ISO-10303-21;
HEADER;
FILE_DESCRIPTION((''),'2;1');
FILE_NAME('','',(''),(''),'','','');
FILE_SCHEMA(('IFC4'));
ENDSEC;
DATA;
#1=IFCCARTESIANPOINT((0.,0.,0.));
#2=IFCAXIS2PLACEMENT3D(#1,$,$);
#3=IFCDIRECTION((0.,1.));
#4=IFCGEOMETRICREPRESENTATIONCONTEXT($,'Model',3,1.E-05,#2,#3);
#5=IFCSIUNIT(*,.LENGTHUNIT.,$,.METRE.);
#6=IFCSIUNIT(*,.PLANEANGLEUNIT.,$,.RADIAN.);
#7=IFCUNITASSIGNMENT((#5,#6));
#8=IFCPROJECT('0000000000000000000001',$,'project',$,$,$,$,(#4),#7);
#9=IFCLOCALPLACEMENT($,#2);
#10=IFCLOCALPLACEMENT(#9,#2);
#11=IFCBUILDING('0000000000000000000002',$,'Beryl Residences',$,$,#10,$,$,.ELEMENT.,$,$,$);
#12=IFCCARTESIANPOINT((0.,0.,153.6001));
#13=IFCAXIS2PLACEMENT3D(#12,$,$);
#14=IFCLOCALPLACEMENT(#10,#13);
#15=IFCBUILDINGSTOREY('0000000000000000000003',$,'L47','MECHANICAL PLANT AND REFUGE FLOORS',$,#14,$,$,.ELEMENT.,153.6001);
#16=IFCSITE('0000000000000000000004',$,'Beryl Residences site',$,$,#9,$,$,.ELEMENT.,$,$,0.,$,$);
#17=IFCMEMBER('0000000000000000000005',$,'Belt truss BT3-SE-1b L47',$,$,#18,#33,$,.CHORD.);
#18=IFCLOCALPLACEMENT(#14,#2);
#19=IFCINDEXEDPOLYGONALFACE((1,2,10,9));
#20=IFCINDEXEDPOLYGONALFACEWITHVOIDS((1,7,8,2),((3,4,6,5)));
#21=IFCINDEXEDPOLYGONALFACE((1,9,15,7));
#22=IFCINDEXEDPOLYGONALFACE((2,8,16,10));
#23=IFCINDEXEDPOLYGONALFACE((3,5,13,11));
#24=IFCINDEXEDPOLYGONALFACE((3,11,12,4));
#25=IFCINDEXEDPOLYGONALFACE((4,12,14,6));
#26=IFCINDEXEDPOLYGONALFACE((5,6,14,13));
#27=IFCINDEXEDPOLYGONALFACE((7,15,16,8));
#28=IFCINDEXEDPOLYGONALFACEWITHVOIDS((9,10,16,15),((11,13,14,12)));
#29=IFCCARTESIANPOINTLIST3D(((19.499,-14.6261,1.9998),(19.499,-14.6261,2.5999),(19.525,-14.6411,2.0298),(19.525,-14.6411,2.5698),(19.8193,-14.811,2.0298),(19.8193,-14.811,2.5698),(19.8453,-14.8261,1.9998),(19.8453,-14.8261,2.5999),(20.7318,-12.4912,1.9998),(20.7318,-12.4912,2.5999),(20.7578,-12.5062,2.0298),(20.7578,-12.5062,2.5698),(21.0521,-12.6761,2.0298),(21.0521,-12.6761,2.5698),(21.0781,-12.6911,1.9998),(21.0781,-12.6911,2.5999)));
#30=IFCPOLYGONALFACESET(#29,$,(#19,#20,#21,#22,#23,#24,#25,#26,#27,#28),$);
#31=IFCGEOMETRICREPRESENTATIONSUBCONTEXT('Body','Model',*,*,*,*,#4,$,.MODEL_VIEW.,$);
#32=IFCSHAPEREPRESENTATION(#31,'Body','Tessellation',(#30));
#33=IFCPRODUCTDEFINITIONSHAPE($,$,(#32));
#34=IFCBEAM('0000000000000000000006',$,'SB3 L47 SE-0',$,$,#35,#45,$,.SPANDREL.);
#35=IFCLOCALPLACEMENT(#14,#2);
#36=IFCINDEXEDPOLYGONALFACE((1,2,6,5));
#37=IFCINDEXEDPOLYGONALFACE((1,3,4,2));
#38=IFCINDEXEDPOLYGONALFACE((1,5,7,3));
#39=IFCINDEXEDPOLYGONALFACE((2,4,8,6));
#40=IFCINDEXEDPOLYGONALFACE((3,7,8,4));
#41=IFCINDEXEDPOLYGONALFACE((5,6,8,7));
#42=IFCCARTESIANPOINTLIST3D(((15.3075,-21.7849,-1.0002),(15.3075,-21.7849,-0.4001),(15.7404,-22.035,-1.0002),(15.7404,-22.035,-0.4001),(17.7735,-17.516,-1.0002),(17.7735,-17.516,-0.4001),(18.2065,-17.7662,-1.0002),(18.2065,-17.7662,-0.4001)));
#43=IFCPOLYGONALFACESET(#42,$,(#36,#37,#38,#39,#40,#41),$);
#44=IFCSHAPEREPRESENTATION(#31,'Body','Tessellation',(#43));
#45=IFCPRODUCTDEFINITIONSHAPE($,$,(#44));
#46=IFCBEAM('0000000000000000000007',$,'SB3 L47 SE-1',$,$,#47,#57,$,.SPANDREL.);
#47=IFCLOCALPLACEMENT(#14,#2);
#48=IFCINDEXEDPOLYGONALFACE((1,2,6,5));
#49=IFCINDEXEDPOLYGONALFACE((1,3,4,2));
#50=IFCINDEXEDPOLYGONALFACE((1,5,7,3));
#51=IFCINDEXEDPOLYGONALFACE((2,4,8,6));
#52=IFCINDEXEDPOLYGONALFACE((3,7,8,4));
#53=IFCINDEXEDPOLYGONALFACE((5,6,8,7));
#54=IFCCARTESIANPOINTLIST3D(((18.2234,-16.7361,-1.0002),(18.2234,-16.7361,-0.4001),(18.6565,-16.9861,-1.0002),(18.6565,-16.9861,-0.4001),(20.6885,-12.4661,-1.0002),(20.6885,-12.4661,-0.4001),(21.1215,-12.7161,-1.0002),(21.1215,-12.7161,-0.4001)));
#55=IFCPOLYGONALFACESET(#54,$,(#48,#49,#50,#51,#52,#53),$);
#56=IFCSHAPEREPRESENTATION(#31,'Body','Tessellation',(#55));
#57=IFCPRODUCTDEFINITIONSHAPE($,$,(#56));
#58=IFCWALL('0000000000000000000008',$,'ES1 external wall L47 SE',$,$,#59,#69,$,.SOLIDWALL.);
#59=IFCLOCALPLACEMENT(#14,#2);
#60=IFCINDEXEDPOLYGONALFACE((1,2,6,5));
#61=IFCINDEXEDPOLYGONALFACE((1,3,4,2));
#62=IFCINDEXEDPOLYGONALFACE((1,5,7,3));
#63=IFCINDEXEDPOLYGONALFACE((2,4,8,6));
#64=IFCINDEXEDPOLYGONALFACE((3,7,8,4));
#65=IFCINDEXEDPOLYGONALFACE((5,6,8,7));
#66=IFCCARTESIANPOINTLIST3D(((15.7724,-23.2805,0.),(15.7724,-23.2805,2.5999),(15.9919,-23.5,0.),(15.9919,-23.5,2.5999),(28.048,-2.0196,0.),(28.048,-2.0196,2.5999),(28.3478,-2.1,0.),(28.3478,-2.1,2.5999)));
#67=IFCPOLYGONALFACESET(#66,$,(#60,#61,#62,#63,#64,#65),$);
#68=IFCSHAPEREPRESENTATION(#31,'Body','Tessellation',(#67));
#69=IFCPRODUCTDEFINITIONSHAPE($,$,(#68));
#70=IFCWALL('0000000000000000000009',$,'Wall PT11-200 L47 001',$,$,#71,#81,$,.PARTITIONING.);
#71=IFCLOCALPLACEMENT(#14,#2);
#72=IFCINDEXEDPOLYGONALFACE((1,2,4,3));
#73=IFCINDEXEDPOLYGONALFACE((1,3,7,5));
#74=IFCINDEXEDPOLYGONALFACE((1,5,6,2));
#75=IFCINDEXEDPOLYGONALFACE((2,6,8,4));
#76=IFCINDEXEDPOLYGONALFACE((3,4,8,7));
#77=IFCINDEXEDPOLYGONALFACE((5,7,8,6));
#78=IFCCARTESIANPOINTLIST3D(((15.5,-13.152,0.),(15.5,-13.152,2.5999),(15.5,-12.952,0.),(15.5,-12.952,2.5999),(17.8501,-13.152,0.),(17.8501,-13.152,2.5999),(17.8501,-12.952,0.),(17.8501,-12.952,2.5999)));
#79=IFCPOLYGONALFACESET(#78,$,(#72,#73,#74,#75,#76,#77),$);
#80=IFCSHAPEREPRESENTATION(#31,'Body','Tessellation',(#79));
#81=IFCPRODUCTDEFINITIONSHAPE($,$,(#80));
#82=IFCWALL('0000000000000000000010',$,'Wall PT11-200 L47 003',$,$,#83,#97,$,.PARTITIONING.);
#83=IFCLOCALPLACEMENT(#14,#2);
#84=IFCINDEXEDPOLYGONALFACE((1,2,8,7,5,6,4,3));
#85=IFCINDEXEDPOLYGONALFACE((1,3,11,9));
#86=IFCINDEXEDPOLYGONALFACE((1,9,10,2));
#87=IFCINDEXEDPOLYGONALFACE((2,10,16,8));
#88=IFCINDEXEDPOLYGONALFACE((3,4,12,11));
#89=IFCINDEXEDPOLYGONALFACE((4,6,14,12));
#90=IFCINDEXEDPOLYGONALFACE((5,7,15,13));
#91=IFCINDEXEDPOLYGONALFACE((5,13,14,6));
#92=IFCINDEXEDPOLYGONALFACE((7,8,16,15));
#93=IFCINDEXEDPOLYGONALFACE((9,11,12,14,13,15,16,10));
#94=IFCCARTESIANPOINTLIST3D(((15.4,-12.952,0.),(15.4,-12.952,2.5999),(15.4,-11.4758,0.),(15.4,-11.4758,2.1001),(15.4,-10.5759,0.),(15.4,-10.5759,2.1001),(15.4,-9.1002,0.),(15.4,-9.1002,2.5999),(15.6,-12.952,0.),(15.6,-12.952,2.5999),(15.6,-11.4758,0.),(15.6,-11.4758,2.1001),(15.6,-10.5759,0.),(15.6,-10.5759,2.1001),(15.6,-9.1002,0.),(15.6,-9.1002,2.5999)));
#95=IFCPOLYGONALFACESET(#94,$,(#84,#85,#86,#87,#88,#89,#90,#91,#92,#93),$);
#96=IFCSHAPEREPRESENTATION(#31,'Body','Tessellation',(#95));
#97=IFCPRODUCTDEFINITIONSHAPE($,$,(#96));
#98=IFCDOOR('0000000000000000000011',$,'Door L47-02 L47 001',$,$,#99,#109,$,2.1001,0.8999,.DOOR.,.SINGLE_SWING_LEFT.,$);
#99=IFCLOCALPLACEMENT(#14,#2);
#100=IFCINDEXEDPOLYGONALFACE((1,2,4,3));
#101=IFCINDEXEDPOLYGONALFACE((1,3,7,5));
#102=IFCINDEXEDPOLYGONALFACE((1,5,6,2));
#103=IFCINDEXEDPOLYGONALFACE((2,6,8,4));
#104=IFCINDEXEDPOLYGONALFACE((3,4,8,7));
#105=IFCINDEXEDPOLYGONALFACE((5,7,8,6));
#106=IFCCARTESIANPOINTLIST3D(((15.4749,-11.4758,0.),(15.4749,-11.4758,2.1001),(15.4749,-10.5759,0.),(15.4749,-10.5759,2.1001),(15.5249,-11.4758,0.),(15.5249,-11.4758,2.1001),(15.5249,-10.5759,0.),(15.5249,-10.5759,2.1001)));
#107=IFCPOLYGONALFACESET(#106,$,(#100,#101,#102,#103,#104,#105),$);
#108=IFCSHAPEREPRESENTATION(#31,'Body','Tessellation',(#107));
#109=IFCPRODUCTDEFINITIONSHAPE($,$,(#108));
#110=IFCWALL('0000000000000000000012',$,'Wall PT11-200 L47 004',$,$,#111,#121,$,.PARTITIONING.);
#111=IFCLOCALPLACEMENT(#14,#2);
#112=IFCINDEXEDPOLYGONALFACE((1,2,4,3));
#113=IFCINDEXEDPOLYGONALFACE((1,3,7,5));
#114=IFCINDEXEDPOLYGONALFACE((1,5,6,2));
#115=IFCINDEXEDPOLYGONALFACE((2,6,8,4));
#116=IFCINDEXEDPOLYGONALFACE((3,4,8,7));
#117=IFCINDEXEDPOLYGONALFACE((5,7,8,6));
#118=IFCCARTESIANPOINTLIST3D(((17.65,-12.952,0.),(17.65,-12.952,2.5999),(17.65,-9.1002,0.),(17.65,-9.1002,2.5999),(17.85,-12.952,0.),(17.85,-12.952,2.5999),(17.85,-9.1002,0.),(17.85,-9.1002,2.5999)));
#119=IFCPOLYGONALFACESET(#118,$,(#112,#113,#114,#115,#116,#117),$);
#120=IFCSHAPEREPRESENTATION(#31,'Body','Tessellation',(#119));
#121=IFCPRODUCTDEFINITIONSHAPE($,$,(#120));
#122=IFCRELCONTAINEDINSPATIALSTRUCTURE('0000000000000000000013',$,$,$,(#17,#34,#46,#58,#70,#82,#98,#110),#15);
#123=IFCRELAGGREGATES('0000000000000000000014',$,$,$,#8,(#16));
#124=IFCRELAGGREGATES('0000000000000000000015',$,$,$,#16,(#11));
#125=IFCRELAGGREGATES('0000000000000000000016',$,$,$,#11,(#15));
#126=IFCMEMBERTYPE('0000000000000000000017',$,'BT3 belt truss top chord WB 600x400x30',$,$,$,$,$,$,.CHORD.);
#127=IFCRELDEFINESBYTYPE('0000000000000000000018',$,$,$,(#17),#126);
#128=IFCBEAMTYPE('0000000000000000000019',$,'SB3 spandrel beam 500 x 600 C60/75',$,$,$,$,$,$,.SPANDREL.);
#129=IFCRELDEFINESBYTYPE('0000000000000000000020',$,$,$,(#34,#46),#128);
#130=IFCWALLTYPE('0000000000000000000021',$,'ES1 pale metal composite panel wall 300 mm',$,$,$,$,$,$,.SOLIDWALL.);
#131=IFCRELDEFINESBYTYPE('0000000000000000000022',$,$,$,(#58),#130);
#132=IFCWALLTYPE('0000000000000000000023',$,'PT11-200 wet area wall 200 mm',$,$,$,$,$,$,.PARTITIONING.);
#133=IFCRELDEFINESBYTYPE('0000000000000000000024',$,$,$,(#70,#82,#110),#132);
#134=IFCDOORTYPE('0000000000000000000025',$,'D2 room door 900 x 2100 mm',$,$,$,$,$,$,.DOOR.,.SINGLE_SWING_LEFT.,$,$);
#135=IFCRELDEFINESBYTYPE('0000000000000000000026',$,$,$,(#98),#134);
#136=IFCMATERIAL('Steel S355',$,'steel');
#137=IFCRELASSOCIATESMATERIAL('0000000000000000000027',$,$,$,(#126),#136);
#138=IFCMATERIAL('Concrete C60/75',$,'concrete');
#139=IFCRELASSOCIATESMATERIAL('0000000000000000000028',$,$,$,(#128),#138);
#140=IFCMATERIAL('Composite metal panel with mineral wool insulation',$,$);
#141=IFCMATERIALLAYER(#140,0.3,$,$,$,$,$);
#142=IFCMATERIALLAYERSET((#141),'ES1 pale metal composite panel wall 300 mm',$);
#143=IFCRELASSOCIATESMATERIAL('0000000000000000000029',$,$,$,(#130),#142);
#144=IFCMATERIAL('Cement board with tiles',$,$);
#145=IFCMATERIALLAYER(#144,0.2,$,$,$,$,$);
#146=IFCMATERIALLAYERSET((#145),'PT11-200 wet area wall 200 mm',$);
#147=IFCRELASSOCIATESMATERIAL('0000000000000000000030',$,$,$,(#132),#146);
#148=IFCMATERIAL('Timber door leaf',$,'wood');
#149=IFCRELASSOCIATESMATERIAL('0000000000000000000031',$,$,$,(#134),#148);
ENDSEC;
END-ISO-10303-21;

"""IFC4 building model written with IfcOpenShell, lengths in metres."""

from ifc_helpers import new_model, si_unit, direction, frame, frame_2d, origin, origin_2d, place, context, subcontext, project, spatial, polyline, rectangle, hollow_rectangle, outline, extrude, material, layer, layer_set, material_profile, profile_set, type_object, element, fill, save


model = new_model("IFC4")

# Units and contexts
model_context = context("Model", 3, precision=1e-05, world=origin(), true_north=direction((0.0, 1.0)))
body_context = subcontext(model_context, "Body", "Model", "MODEL_VIEW")
ifc_project = project(units=[si_unit("LENGTHUNIT", "METRE"), si_unit("PLANEANGLEUNIT", "RADIAN")], contexts=[model_context])

# Site, building, storey
site_placement = place(None, origin())
site = spatial("IfcSite", under=ifc_project, at=site_placement, Name="Beryl Residences site", CompositionType="ELEMENT", RefElevation=0.0)
building_placement = place(site_placement, origin())
building = spatial("IfcBuilding", under=site, at=building_placement, Name="Beryl Residences", CompositionType="ELEMENT")
storey_placement = place(building_placement, frame((0.0, 0.0, 153.6001)))
storey = spatial("IfcBuildingStorey", under=building, at=storey_placement, Name="L47", Description="MECHANICAL PLANT AND REFUGE FLOORS", CompositionType="ELEMENT", Elevation=153.6001)

# Member
ifc_material_1 = material(Name="Steel S355", Category="steel")
ifc_material_profile_1 = material_profile(ifc_material_1, hollow_rectangle(XDim=0.3999, YDim=0.6001, WallThickness=0.03, at=origin_2d()))
ifc_profile_set_1 = profile_set([ifc_material_profile_1], Name="Steel S355")
member_type_1 = type_object("IfcMemberType", Name="BT3 belt truss top chord WB 600x400x30", PredefinedType="CHORD", material=ifc_profile_set_1)
member_1_placement = place(storey_placement, frame((19.6721, -14.7261, 2.2998), z_axis=(0.50008, 0.865979, 0.0), x_axis=(-0.865979, 0.50008, 0.0)))
element("IfcMember", 1, at=member_1_placement, inside=storey, type_object=member_type_1, Name="Belt truss BT3-SE-1b L47", PredefinedType="CHORD", context=body_context, shape_type="SweptSolid", body=[
    extrude(hollow_rectangle(XDim=0.3999, YDim=0.6001, WallThickness=0.03, at=origin_2d()), origin(), (0.0, 0.0, 1.0), 2.4653),
])

# Beams
ifc_material_2 = material(Name="Concrete C60/75", Category="concrete")
ifc_material_profile_2 = material_profile(ifc_material_2, rectangle(XDim=0.5, YDim=0.6001, at=origin_2d()))
ifc_profile_set_2 = profile_set([ifc_material_profile_2], Name="Concrete C60/75")
beam_type = type_object("IfcBeamType", Name="SB3 spandrel beam 500 x 600 C60/75", PredefinedType="SPANDREL", material=ifc_profile_set_2)
beam_1_placement = place(storey_placement, frame((15.5239, -21.9099, -0.7002), z_axis=(0.500224, 0.865896, 0.0), x_axis=(-0.865896, 0.500224, 0.0)))
element("IfcBeam", 2, at=beam_1_placement, inside=storey, type_object=beam_type, Name="SB3 L47 SE-0", PredefinedType="SPANDREL", context=body_context, shape_type="SweptSolid", body=[
    extrude(rectangle(XDim=0.5, YDim=0.6001, at=origin_2d()), origin(), (0.0, 0.0, 1.0), 4.9299),
])
beam_2_placement = place(storey_placement, frame((18.4399, -16.8611, -0.7002), z_axis=(0.499968, 0.866044, 0.0), x_axis=(-0.866044, 0.499968, 0.0)))
element("IfcBeam", 3, at=beam_2_placement, inside=storey, type_object=beam_type, Name="SB3 L47 SE-1", PredefinedType="SPANDREL", context=body_context, shape_type="SweptSolid", body=[
    extrude(rectangle(XDim=0.5, YDim=0.6001, at=origin_2d()), origin(), (0.0, 0.0, 1.0), 4.9304),
])

# Walls
ifc_material_3 = material(Name="Composite metal panel with mineral wool insulation")
ifc_layer_1 = layer(ifc_material_3, 0.3)
ifc_layer_set_1 = layer_set([ifc_layer_1], Name="ES1 pale metal composite panel wall 300 mm")
wall_type_1 = type_object("IfcWallType", Name="ES1 pale metal composite panel wall 300 mm", PredefinedType="SOLIDWALL", material=ifc_layer_set_1)
wall_1_placement = place(storey_placement, frame((15.8621, -23.425, 0.0), z_axis=(0.0, 0.0, 1.0), x_axis=(0.500018, 0.866015, 0.0)))
element("IfcWall", 4, at=wall_1_placement, inside=storey, type_object=wall_type_1, Name="ES1 external wall L47 SE", PredefinedType="SOLIDWALL", context=body_context, shape_type="SweptSolid", body=[
    extrude(outline(polyline([(0.0, -0.1499), (24.7109, -0.1499), (24.6306, 0.1499), (0.0803, 0.1499), (0.0, -0.1499)])), origin(), (0.0, 0.0, 1.0), 2.5999),
])
ifc_material_4 = material(Name="Cement board with tiles")
ifc_layer_2 = layer(ifc_material_4, 0.2)
ifc_layer_set_2 = layer_set([ifc_layer_2], Name="PT11-200 wet area wall 200 mm")
wall_type_2 = type_object("IfcWallType", Name="PT11-200 wet area wall 200 mm", PredefinedType="PARTITIONING", material=ifc_layer_set_2)
wall_2_placement = place(storey_placement, frame((15.5, -13.052, 0.0), z_axis=(0.0, 0.0, 1.0), x_axis=(1.0, 0.0, 0.0)))
element("IfcWall", 5, at=wall_2_placement, inside=storey, type_object=wall_type_2, Name="Wall PT11-200 L47 001", PredefinedType="PARTITIONING", context=body_context, shape_type="SweptSolid", body=[
    extrude(rectangle(XDim=2.3501, YDim=0.2, at=frame_2d((1.175, 0.0))), origin(), (0.0, 0.0, 1.0), 2.5999),
])

# Wall, opening, door
wall_3_placement = place(storey_placement, frame((15.5, -12.9519, 0.0), z_axis=(0.0, 0.0, 1.0), x_axis=(0.0, 1.0, 0.0)))
wall_3 = element("IfcWall", 6, at=wall_3_placement, inside=storey, type_object=wall_type_2, Name="Wall PT11-200 L47 003", PredefinedType="PARTITIONING", context=body_context, shape_type="SweptSolid", body=[
    extrude(rectangle(XDim=3.8518, YDim=0.2, at=frame_2d((1.9258, 0.0))), origin(), (0.0, 0.0, 1.0), 2.5999),
])
opening_placement = place(wall_3_placement, frame((2.376, 0.0, 0.0), z_axis=(0.0, 0.0, 1.0), x_axis=(-1.0, 0.0, 0.0)))
opening = element("IfcOpeningElement", 7, at=opening_placement, cuts=wall_3, PredefinedType="OPENING", context=body_context, shape_type="SweptSolid", body=[
    extrude(rectangle(XDim=0.8999, YDim=2.1001, at=frame_2d((0.45, 1.05))), frame((0.0, 0.1099, 0.0), z_axis=(0.0, -1.0, 0.0), x_axis=(1.0, 0.0, 0.0)), (0.0, 0.0, 1.0), 0.22),
])
ifc_material_5 = material(Name="Timber door leaf", Category="wood")
door_type = type_object("IfcDoorType", Name="D2 room door 900 x 2100 mm", OperationType="SINGLE_SWING_LEFT", PredefinedType="DOOR", material=ifc_material_5)
door_placement = place(opening_placement, origin())
door = element("IfcDoor", 8, at=door_placement, inside=storey, type_object=door_type, Name="Door L47-02 L47 001", OperationType="SINGLE_SWING_LEFT", OverallHeight=2.1001, OverallWidth=0.8999, PredefinedType="DOOR", context=body_context, shape_type="SweptSolid", body=[
    extrude(rectangle(XDim=0.8999, YDim=2.1001, at=frame_2d((0.45, 1.05))), frame((0.0, 0.0249, 0.0), z_axis=(0.0, -1.0, 0.0), x_axis=(1.0, 0.0, 0.0)), (0.0, 0.0, 1.0), 0.05),
])
fill(opening, door)

# Wall
wall_4_placement = place(storey_placement, frame((17.75, -12.9519, 0.0), z_axis=(0.0, 0.0, 1.0), x_axis=(0.0, 1.0, 0.0)))
element("IfcWall", 9, at=wall_4_placement, inside=storey, type_object=wall_type_2, Name="Wall PT11-200 L47 004", PredefinedType="PARTITIONING", context=body_context, shape_type="SweptSolid", body=[
    extrude(rectangle(XDim=3.8518, YDim=0.2, at=frame_2d((1.9258, 0.0))), origin(), (0.0, 0.0, 1.0), 2.5999),
])

save(model, "model.ifc")
